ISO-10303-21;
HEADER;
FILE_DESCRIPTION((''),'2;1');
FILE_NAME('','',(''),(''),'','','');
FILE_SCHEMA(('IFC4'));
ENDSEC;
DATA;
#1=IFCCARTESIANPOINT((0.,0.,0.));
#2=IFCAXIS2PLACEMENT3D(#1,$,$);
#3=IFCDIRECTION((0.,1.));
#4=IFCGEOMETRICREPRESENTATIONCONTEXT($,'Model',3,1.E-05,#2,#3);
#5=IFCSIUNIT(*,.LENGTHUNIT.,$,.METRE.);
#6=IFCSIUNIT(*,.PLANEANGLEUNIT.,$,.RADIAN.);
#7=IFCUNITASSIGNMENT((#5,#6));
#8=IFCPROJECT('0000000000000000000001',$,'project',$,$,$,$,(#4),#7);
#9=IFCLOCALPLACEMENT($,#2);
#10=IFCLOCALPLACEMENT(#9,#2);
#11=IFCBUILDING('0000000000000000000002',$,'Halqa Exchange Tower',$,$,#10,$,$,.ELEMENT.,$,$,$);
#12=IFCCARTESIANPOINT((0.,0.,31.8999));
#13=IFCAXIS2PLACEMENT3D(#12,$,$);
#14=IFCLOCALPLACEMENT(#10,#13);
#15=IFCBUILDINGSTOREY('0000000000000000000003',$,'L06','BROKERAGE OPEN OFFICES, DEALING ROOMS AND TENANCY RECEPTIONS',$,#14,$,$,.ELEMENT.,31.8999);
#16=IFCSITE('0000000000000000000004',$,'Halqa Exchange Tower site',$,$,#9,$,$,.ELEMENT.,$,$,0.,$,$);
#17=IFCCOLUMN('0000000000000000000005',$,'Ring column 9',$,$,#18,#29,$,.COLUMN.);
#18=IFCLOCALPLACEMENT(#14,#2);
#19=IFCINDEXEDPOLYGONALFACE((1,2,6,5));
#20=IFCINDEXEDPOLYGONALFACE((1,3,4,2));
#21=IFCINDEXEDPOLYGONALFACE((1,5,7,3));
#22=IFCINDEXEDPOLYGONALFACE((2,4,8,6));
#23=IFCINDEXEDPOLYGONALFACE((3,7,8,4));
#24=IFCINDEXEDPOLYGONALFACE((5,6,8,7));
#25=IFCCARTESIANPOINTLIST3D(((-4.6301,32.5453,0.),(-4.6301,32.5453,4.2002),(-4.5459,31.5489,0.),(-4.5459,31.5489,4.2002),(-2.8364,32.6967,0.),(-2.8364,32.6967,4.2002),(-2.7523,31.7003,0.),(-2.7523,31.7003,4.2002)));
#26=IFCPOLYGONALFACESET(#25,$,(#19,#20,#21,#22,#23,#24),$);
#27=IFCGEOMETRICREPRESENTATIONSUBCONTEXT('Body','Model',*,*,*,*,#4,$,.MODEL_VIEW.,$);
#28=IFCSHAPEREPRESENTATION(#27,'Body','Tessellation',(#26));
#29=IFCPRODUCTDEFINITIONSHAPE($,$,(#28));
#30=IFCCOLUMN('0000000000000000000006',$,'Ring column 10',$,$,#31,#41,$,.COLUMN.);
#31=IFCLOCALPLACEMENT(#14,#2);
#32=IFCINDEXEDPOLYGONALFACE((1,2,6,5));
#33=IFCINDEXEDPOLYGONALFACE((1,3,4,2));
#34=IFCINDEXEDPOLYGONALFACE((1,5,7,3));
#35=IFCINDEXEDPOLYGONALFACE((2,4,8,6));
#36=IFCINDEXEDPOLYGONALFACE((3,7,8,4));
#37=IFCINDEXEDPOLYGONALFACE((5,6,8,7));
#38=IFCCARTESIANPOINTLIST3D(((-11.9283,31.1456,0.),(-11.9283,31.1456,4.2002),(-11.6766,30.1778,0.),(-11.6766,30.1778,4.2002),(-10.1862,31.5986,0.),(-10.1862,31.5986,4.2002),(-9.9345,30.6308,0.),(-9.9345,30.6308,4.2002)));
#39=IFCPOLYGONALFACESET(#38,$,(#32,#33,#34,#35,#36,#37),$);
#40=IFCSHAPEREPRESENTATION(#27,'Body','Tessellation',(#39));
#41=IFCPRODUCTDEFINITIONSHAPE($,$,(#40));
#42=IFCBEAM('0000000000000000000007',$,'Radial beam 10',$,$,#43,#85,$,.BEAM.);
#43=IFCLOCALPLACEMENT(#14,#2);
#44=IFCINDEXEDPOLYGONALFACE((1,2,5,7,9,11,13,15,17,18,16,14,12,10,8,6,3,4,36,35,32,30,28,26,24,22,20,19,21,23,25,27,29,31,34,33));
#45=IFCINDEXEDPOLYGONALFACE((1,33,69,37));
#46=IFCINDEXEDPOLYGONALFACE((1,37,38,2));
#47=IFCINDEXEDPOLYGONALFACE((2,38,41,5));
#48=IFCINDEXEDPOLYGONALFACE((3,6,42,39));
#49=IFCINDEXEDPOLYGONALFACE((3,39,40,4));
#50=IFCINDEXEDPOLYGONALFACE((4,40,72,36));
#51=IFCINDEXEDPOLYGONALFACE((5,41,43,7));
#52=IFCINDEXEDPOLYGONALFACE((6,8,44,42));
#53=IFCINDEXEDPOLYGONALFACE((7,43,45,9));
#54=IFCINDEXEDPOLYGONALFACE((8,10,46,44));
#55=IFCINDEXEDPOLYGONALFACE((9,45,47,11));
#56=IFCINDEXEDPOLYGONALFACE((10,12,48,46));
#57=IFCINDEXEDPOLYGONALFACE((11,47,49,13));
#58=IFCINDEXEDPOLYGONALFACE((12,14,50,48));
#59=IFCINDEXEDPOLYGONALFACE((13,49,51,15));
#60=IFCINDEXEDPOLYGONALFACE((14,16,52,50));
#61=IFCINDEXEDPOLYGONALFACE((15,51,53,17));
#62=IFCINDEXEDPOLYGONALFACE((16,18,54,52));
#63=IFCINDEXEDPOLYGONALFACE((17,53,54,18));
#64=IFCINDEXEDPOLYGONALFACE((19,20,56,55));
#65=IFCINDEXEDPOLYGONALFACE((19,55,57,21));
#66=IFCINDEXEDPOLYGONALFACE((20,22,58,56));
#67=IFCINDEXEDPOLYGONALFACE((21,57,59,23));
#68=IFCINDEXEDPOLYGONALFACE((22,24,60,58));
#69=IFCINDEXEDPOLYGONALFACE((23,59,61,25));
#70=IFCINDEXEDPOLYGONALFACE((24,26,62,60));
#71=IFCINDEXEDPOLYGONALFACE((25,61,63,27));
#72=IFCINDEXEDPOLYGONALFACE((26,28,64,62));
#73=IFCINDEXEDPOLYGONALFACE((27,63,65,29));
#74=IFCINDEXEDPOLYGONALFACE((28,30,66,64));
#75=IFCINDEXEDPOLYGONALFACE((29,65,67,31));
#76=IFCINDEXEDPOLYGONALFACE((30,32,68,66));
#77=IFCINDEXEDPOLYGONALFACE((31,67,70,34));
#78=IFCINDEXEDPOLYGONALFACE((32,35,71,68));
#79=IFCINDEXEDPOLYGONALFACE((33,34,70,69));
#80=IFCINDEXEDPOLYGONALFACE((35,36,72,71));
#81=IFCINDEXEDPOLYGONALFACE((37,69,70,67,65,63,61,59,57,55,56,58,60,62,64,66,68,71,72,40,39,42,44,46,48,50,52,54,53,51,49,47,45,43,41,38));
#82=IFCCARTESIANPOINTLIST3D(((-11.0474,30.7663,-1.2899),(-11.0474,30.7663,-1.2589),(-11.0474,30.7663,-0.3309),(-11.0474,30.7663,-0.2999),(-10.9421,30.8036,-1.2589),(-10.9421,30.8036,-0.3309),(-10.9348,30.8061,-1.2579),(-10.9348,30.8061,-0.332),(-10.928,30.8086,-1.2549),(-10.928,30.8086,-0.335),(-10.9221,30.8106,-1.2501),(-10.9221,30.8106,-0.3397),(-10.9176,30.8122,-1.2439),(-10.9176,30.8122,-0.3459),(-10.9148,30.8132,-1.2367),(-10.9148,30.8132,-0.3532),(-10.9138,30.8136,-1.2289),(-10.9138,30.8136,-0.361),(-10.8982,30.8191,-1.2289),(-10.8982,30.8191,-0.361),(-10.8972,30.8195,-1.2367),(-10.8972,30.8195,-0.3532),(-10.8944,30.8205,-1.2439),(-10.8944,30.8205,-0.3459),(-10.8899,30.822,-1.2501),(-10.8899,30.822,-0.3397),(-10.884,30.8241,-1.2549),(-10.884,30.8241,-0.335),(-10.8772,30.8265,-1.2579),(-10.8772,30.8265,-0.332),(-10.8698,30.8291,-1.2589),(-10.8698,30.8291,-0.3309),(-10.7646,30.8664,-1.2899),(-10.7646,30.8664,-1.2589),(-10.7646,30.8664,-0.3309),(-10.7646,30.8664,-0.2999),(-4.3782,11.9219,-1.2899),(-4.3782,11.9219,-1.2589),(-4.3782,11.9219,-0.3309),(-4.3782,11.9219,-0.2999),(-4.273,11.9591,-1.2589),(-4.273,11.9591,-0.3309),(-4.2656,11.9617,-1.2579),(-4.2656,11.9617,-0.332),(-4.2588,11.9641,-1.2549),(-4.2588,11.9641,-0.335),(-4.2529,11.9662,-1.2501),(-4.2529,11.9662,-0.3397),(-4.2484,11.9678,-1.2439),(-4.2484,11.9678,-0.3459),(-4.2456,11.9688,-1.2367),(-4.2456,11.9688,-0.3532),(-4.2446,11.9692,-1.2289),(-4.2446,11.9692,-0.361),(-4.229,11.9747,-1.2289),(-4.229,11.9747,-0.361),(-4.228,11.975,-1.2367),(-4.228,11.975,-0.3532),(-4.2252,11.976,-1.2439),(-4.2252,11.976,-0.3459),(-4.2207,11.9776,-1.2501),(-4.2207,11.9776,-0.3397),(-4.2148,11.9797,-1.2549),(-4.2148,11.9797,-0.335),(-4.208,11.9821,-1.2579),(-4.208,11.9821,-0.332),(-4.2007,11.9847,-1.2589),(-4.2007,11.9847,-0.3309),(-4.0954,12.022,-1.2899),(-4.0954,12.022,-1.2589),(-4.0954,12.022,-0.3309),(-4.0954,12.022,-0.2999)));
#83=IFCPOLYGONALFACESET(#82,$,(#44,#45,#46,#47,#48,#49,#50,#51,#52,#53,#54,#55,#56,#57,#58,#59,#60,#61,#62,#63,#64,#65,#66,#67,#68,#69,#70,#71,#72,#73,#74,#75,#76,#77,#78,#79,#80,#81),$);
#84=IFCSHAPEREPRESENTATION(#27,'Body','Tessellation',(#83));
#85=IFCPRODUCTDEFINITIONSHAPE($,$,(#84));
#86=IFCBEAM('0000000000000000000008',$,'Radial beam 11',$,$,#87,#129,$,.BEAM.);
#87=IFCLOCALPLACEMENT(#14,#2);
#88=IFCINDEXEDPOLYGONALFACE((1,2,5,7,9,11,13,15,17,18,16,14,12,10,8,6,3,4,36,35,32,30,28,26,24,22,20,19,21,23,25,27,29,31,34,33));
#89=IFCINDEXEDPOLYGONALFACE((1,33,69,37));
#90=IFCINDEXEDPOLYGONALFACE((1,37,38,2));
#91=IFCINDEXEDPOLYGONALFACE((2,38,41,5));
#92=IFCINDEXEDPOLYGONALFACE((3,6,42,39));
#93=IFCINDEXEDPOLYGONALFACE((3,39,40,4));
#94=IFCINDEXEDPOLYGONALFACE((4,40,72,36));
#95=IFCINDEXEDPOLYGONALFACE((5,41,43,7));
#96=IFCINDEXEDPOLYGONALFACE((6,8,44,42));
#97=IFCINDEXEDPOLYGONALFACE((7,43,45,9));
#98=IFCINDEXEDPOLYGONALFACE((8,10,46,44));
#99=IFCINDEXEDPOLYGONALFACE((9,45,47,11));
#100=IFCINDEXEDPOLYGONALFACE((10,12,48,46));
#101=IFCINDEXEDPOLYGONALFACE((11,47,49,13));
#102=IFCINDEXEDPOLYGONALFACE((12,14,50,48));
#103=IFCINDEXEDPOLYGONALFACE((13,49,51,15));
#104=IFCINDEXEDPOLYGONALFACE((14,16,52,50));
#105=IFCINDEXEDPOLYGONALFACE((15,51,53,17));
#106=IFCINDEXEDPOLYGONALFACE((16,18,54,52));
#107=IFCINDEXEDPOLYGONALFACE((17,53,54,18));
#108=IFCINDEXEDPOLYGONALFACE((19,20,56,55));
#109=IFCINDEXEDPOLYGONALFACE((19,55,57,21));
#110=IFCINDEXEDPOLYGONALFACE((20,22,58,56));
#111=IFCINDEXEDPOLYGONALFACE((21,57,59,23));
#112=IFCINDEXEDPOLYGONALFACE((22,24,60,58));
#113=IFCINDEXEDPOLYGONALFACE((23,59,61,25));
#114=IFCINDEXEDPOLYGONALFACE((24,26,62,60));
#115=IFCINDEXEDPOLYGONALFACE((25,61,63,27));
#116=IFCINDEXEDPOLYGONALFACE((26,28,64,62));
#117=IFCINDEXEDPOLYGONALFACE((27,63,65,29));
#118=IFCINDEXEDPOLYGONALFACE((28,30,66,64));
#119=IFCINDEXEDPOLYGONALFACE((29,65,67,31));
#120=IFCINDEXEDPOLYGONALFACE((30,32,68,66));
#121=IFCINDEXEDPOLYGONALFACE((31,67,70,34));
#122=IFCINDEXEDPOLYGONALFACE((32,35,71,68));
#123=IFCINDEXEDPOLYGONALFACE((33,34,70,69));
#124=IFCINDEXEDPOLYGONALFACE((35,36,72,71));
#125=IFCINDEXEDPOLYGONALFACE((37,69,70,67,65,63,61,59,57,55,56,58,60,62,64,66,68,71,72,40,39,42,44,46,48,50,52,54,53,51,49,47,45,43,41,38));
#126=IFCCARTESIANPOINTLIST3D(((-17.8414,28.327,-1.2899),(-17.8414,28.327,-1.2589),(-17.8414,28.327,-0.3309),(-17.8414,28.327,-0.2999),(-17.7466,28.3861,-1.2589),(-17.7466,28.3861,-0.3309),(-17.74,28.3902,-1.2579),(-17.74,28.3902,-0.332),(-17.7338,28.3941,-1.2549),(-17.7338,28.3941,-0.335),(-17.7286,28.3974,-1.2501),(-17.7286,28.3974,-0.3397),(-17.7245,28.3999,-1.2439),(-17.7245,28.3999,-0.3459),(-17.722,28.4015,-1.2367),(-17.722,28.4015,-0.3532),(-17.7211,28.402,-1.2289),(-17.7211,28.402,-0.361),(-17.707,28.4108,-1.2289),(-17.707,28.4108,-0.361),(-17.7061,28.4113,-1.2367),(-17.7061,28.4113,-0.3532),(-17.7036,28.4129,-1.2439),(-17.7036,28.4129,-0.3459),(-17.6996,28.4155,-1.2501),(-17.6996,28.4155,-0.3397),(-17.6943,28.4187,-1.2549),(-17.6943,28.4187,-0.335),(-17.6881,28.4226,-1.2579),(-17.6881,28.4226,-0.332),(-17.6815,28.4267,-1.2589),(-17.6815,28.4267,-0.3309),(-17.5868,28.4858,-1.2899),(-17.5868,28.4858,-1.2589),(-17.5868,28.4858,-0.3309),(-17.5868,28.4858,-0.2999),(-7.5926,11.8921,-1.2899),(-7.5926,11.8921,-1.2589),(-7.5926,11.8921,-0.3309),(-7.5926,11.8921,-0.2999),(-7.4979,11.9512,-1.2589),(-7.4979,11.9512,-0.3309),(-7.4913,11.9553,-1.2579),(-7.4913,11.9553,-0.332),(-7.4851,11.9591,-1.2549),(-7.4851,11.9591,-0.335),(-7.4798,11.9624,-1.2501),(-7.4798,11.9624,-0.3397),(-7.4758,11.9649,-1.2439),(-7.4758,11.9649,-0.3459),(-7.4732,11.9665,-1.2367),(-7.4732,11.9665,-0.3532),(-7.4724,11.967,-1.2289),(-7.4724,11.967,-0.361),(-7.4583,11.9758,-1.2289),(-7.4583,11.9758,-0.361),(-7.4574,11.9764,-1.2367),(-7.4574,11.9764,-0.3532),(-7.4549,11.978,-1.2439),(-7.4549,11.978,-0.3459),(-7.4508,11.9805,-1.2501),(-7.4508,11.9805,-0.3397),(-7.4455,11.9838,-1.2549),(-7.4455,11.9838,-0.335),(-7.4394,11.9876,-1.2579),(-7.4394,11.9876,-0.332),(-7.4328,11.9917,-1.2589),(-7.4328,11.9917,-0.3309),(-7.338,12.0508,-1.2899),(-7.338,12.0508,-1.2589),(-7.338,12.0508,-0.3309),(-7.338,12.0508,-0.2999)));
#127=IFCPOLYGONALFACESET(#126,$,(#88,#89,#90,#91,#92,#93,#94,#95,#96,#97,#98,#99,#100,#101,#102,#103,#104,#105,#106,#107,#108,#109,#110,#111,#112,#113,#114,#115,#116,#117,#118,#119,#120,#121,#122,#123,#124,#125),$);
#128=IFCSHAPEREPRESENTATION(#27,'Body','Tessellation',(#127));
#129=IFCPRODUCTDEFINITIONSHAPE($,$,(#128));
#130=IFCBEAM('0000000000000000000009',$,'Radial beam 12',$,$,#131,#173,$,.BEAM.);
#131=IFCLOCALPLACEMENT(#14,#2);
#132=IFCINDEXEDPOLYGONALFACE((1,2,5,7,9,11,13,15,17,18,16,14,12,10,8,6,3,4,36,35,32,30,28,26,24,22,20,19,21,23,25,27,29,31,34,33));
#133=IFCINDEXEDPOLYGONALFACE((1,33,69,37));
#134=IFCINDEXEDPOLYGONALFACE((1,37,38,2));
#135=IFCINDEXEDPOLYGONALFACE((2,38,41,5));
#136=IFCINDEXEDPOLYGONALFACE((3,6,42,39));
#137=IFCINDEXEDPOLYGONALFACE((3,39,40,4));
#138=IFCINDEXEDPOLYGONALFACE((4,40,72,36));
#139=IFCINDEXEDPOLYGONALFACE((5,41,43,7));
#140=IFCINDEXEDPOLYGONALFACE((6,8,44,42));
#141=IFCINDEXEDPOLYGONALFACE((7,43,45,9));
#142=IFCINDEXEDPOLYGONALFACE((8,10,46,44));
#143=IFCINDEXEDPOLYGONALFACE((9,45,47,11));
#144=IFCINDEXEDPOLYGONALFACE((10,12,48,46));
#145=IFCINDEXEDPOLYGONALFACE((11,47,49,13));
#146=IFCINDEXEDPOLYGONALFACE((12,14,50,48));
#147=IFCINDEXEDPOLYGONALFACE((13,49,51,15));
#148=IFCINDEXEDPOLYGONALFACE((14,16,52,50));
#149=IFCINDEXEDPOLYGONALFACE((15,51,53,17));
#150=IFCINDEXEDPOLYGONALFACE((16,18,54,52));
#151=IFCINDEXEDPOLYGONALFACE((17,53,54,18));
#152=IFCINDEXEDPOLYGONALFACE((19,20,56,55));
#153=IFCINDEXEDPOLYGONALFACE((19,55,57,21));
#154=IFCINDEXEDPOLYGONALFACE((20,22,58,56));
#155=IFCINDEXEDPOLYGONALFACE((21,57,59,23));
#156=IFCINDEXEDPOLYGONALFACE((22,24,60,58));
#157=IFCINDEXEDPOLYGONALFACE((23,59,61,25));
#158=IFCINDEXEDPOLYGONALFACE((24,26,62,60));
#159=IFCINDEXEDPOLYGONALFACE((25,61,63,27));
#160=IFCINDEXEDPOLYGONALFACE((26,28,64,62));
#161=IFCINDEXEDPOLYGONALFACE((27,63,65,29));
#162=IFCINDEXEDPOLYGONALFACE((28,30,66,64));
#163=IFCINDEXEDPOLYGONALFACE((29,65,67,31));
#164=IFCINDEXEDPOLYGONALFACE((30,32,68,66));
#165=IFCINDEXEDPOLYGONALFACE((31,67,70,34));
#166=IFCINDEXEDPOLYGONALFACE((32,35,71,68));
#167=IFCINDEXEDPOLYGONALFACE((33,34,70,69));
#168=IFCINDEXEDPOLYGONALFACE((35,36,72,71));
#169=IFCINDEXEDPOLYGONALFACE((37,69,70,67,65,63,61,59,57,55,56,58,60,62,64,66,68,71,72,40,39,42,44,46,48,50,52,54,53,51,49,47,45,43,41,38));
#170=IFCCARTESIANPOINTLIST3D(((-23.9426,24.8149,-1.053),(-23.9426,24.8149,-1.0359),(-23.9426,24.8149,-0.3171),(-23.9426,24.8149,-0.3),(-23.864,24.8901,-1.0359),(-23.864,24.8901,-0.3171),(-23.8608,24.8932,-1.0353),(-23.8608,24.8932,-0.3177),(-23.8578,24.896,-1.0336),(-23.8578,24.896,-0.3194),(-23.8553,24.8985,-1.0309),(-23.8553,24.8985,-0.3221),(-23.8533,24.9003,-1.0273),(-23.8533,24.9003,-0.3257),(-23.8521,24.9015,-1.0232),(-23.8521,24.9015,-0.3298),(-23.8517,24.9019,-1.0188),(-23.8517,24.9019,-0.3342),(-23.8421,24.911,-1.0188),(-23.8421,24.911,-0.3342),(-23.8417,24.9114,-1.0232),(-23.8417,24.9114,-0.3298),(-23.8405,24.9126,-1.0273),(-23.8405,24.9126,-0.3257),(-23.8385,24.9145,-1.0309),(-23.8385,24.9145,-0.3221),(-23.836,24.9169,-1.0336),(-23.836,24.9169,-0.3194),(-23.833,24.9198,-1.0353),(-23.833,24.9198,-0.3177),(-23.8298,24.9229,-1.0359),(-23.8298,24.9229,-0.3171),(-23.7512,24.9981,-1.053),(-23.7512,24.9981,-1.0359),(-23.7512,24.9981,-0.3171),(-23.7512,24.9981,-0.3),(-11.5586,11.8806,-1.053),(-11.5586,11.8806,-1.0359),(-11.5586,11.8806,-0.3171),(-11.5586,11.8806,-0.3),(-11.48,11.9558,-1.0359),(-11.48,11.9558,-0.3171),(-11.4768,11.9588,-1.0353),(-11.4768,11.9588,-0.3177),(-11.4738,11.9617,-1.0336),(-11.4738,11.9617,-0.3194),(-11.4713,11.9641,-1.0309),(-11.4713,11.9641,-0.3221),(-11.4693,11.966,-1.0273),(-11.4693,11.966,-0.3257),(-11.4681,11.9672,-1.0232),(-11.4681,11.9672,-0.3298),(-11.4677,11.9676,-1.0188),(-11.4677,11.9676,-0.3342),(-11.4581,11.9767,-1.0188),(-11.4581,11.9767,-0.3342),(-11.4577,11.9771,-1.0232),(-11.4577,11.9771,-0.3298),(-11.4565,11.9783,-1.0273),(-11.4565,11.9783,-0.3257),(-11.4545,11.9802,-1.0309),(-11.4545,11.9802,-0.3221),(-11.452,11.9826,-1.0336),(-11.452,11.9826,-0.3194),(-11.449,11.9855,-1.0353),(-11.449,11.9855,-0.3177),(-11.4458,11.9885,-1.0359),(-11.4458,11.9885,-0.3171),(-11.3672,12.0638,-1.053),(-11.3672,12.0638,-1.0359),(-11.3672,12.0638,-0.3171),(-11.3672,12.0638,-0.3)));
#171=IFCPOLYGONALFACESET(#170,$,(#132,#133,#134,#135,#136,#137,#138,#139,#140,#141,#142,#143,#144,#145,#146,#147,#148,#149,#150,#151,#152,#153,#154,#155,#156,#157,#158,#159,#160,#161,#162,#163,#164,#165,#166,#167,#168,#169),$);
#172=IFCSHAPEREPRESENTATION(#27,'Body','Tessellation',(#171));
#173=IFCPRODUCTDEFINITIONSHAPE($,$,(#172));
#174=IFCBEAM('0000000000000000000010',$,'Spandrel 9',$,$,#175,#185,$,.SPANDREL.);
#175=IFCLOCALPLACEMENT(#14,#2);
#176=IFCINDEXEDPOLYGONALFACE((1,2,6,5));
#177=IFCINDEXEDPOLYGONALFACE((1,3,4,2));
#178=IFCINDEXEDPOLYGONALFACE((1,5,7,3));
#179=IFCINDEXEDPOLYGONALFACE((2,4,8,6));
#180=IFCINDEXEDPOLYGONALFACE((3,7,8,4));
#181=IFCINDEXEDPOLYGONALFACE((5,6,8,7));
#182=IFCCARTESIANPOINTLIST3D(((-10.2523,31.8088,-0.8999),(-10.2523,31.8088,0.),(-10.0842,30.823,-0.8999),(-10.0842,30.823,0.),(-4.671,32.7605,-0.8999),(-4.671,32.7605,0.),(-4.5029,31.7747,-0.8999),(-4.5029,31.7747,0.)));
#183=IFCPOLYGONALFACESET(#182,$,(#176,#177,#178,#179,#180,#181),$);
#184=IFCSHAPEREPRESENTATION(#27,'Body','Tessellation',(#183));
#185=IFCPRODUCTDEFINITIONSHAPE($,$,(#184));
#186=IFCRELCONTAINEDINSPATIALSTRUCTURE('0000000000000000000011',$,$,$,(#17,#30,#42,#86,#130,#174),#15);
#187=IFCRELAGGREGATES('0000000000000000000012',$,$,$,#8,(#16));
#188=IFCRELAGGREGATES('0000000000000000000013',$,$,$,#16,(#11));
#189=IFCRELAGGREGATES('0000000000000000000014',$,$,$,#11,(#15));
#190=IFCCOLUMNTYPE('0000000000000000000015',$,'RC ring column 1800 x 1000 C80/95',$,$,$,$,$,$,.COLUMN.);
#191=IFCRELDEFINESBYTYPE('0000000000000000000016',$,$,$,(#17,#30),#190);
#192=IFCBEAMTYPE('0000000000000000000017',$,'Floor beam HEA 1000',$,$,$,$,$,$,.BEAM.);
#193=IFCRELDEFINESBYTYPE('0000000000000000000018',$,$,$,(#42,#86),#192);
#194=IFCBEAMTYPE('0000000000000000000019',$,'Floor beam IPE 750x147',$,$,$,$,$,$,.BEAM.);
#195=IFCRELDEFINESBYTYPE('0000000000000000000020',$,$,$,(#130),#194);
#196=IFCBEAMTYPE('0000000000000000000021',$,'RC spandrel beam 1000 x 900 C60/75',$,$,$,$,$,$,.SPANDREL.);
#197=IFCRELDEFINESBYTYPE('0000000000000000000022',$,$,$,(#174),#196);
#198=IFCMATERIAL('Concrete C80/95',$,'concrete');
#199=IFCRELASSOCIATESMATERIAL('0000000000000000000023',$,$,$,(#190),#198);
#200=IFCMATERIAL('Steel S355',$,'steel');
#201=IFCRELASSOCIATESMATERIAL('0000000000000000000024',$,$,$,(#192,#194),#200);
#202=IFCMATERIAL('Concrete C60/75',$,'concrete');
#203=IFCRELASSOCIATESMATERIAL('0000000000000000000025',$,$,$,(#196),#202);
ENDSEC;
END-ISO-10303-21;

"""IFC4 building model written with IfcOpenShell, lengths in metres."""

from ifc_helpers import new_model, si_unit, direction, frame, origin, origin_2d, place, context, subcontext, project, spatial, rectangle, i_section, extrude, material, material_profile, profile_set, type_object, element, save


model = new_model("IFC4")

# Units and contexts
model_context = context("Model", 3, precision=1e-05, world=origin(), true_north=direction((0.0, 1.0)))
body_context = subcontext(model_context, "Body", "Model", "MODEL_VIEW")
ifc_project = project(units=[si_unit("LENGTHUNIT", "METRE"), si_unit("PLANEANGLEUNIT", "RADIAN")], contexts=[model_context])

# Site, building, storey
site_placement = place(None, origin())
site = spatial("IfcSite", under=ifc_project, at=site_placement, Name="Halqa Exchange Tower site", CompositionType="ELEMENT", RefElevation=0.0)
building_placement = place(site_placement, origin())
building = spatial("IfcBuilding", under=site, at=building_placement, Name="Halqa Exchange Tower", CompositionType="ELEMENT")
storey_placement = place(building_placement, frame((0.0, 0.0, 31.8999)))
storey = spatial("IfcBuildingStorey", under=building, at=storey_placement, Name="L06", Description="BROKERAGE OPEN OFFICES, DEALING ROOMS AND TENANCY RECEPTIONS", CompositionType="ELEMENT", Elevation=31.8999)

# Columns
ifc_material_1 = material(Name="Concrete C80/95", Category="concrete")
ifc_material_profile_1 = material_profile(ifc_material_1, rectangle(XDim=1.8, YDim=1.0, at=origin_2d()), Name="1800 x 1000")
ifc_profile_set_1 = profile_set([ifc_material_profile_1], Name="Concrete C80/95")
column_type = type_object("IfcColumnType", Name="RC ring column 1800 x 1000 C80/95", PredefinedType="COLUMN", material=ifc_profile_set_1)
for number, where, z_axis, x_axis, name in (
    (1, (-3.6912, 32.1228, 0.0), (0.0, 0.0, 1.0), (-0.996455, -0.084125, 0.0), "Ring column 9"),
    (2, (-10.9314, 30.8882, 0.0), (0.0, 0.0, 1.0), (-0.967819, -0.251647, 0.0), "Ring column 10"),
):
    element("IfcColumn", number, at=place(storey_placement, frame(where, z_axis=z_axis, x_axis=x_axis)), inside=storey, type_object=column_type, Name=name, PredefinedType="COLUMN", context=body_context, shape_type="SweptSolid", body=[
        extrude(rectangle(XDim=1.8, YDim=1.0, at=origin_2d()), origin(), (0.0, 0.0, 1.0), 4.2002),
    ])

# Beams
ifc_material_2 = material(Name="Steel S355", Category="steel")
ifc_material_profile_2 = material_profile(ifc_material_2, i_section(OverallWidth=0.3, OverallDepth=0.99, WebThickness=0.0166, FlangeThickness=0.031, FilletRadius=0.03, at=origin_2d()), Name="HEA 1000")
ifc_profile_set_2 = profile_set([ifc_material_profile_2], Name="Steel S355")
beam_type_1 = type_object("IfcBeamType", Name="Floor beam HEA 1000", PredefinedType="BEAM", material=ifc_profile_set_2)
beam_1_placement = place(storey_placement, frame((-4.2368, 11.9719, -0.7949), z_axis=(-0.333629, 0.942704, 0.0), x_axis=(-0.942704, -0.333629, 0.0)))
element("IfcBeam", 3, at=beam_1_placement, inside=storey, type_object=beam_type_1, Name="Radial beam 10", PredefinedType="BEAM", context=body_context, shape_type="SweptSolid", body=[
    extrude(i_section(OverallWidth=0.3, OverallDepth=0.99, WebThickness=0.0166, FlangeThickness=0.031, FilletRadius=0.03, at=origin_2d()), origin(), (0.0, 0.0, 1.0), 19.9897),
])
beam_2_placement = place(storey_placement, frame((-7.4653, 11.9714, -0.7949), z_axis=(-0.52914, 0.848535, 0.0), x_axis=(-0.848535, -0.52914, 0.0)))
element("IfcBeam", 4, at=beam_2_placement, inside=storey, type_object=beam_type_1, Name="Radial beam 11", PredefinedType="BEAM", context=body_context, shape_type="SweptSolid", body=[
    extrude(i_section(OverallWidth=0.3, OverallDepth=0.99, WebThickness=0.0166, FlangeThickness=0.031, FilletRadius=0.03, at=origin_2d()), origin(), (0.0, 0.0, 1.0), 19.3687),
])
ifc_material_profile_3 = material_profile(ifc_material_2, i_section(OverallWidth=0.2649, OverallDepth=0.7529, WebThickness=0.0132, FlangeThickness=0.0171, FilletRadius=0.0171, at=origin_2d()), Name="IPE 750x147")
ifc_profile_set_3 = profile_set([ifc_material_profile_3], Name="Steel S355")
beam_type_2 = type_object("IfcBeamType", Name="Floor beam IPE 750x147", PredefinedType="BEAM", material=ifc_profile_set_3)
beam_3_placement = place(storey_placement, frame((-11.4629, 11.9722, -0.6765), z_axis=(-0.691575, 0.722305, 0.0), x_axis=(-0.722305, -0.691575, 0.0)))
element("IfcBeam", 5, at=beam_3_placement, inside=storey, type_object=beam_type_2, Name="Radial beam 12", PredefinedType="BEAM", context=body_context, shape_type="SweptSolid", body=[
    extrude(i_section(OverallWidth=0.2649, OverallDepth=0.7529, WebThickness=0.0132, FlangeThickness=0.0171, FilletRadius=0.0171, at=origin_2d()), origin(), (0.0, 0.0, 1.0), 17.907),
])
ifc_material_3 = material(Name="Concrete C60/75", Category="concrete")
ifc_material_profile_4 = material_profile(ifc_material_3, rectangle(XDim=1.0, YDim=0.8999, at=origin_2d()), Name="1000 x 900")
ifc_profile_set_4 = profile_set([ifc_material_profile_4], Name="Concrete C60/75")
beam_type_3 = type_object("IfcBeamType", Name="RC spandrel beam 1000 x 900 C60/75", PredefinedType="SPANDREL", material=ifc_profile_set_4)
beam_4_placement = place(storey_placement, frame((-4.5869, 32.2676, -0.45), z_axis=(-0.985773, -0.168083, 0.0), x_axis=(0.168083, -0.985773, 0.0)))
element("IfcBeam", 6, at=beam_4_placement, inside=storey, type_object=beam_type_3, Name="Spandrel 9", PredefinedType="SPANDREL", context=body_context, shape_type="SweptSolid", body=[
    extrude(rectangle(XDim=1.0, YDim=0.8999, at=origin_2d()), origin(), (0.0, 0.0, 1.0), 5.6619),
])

save(model, "model.ifc")
